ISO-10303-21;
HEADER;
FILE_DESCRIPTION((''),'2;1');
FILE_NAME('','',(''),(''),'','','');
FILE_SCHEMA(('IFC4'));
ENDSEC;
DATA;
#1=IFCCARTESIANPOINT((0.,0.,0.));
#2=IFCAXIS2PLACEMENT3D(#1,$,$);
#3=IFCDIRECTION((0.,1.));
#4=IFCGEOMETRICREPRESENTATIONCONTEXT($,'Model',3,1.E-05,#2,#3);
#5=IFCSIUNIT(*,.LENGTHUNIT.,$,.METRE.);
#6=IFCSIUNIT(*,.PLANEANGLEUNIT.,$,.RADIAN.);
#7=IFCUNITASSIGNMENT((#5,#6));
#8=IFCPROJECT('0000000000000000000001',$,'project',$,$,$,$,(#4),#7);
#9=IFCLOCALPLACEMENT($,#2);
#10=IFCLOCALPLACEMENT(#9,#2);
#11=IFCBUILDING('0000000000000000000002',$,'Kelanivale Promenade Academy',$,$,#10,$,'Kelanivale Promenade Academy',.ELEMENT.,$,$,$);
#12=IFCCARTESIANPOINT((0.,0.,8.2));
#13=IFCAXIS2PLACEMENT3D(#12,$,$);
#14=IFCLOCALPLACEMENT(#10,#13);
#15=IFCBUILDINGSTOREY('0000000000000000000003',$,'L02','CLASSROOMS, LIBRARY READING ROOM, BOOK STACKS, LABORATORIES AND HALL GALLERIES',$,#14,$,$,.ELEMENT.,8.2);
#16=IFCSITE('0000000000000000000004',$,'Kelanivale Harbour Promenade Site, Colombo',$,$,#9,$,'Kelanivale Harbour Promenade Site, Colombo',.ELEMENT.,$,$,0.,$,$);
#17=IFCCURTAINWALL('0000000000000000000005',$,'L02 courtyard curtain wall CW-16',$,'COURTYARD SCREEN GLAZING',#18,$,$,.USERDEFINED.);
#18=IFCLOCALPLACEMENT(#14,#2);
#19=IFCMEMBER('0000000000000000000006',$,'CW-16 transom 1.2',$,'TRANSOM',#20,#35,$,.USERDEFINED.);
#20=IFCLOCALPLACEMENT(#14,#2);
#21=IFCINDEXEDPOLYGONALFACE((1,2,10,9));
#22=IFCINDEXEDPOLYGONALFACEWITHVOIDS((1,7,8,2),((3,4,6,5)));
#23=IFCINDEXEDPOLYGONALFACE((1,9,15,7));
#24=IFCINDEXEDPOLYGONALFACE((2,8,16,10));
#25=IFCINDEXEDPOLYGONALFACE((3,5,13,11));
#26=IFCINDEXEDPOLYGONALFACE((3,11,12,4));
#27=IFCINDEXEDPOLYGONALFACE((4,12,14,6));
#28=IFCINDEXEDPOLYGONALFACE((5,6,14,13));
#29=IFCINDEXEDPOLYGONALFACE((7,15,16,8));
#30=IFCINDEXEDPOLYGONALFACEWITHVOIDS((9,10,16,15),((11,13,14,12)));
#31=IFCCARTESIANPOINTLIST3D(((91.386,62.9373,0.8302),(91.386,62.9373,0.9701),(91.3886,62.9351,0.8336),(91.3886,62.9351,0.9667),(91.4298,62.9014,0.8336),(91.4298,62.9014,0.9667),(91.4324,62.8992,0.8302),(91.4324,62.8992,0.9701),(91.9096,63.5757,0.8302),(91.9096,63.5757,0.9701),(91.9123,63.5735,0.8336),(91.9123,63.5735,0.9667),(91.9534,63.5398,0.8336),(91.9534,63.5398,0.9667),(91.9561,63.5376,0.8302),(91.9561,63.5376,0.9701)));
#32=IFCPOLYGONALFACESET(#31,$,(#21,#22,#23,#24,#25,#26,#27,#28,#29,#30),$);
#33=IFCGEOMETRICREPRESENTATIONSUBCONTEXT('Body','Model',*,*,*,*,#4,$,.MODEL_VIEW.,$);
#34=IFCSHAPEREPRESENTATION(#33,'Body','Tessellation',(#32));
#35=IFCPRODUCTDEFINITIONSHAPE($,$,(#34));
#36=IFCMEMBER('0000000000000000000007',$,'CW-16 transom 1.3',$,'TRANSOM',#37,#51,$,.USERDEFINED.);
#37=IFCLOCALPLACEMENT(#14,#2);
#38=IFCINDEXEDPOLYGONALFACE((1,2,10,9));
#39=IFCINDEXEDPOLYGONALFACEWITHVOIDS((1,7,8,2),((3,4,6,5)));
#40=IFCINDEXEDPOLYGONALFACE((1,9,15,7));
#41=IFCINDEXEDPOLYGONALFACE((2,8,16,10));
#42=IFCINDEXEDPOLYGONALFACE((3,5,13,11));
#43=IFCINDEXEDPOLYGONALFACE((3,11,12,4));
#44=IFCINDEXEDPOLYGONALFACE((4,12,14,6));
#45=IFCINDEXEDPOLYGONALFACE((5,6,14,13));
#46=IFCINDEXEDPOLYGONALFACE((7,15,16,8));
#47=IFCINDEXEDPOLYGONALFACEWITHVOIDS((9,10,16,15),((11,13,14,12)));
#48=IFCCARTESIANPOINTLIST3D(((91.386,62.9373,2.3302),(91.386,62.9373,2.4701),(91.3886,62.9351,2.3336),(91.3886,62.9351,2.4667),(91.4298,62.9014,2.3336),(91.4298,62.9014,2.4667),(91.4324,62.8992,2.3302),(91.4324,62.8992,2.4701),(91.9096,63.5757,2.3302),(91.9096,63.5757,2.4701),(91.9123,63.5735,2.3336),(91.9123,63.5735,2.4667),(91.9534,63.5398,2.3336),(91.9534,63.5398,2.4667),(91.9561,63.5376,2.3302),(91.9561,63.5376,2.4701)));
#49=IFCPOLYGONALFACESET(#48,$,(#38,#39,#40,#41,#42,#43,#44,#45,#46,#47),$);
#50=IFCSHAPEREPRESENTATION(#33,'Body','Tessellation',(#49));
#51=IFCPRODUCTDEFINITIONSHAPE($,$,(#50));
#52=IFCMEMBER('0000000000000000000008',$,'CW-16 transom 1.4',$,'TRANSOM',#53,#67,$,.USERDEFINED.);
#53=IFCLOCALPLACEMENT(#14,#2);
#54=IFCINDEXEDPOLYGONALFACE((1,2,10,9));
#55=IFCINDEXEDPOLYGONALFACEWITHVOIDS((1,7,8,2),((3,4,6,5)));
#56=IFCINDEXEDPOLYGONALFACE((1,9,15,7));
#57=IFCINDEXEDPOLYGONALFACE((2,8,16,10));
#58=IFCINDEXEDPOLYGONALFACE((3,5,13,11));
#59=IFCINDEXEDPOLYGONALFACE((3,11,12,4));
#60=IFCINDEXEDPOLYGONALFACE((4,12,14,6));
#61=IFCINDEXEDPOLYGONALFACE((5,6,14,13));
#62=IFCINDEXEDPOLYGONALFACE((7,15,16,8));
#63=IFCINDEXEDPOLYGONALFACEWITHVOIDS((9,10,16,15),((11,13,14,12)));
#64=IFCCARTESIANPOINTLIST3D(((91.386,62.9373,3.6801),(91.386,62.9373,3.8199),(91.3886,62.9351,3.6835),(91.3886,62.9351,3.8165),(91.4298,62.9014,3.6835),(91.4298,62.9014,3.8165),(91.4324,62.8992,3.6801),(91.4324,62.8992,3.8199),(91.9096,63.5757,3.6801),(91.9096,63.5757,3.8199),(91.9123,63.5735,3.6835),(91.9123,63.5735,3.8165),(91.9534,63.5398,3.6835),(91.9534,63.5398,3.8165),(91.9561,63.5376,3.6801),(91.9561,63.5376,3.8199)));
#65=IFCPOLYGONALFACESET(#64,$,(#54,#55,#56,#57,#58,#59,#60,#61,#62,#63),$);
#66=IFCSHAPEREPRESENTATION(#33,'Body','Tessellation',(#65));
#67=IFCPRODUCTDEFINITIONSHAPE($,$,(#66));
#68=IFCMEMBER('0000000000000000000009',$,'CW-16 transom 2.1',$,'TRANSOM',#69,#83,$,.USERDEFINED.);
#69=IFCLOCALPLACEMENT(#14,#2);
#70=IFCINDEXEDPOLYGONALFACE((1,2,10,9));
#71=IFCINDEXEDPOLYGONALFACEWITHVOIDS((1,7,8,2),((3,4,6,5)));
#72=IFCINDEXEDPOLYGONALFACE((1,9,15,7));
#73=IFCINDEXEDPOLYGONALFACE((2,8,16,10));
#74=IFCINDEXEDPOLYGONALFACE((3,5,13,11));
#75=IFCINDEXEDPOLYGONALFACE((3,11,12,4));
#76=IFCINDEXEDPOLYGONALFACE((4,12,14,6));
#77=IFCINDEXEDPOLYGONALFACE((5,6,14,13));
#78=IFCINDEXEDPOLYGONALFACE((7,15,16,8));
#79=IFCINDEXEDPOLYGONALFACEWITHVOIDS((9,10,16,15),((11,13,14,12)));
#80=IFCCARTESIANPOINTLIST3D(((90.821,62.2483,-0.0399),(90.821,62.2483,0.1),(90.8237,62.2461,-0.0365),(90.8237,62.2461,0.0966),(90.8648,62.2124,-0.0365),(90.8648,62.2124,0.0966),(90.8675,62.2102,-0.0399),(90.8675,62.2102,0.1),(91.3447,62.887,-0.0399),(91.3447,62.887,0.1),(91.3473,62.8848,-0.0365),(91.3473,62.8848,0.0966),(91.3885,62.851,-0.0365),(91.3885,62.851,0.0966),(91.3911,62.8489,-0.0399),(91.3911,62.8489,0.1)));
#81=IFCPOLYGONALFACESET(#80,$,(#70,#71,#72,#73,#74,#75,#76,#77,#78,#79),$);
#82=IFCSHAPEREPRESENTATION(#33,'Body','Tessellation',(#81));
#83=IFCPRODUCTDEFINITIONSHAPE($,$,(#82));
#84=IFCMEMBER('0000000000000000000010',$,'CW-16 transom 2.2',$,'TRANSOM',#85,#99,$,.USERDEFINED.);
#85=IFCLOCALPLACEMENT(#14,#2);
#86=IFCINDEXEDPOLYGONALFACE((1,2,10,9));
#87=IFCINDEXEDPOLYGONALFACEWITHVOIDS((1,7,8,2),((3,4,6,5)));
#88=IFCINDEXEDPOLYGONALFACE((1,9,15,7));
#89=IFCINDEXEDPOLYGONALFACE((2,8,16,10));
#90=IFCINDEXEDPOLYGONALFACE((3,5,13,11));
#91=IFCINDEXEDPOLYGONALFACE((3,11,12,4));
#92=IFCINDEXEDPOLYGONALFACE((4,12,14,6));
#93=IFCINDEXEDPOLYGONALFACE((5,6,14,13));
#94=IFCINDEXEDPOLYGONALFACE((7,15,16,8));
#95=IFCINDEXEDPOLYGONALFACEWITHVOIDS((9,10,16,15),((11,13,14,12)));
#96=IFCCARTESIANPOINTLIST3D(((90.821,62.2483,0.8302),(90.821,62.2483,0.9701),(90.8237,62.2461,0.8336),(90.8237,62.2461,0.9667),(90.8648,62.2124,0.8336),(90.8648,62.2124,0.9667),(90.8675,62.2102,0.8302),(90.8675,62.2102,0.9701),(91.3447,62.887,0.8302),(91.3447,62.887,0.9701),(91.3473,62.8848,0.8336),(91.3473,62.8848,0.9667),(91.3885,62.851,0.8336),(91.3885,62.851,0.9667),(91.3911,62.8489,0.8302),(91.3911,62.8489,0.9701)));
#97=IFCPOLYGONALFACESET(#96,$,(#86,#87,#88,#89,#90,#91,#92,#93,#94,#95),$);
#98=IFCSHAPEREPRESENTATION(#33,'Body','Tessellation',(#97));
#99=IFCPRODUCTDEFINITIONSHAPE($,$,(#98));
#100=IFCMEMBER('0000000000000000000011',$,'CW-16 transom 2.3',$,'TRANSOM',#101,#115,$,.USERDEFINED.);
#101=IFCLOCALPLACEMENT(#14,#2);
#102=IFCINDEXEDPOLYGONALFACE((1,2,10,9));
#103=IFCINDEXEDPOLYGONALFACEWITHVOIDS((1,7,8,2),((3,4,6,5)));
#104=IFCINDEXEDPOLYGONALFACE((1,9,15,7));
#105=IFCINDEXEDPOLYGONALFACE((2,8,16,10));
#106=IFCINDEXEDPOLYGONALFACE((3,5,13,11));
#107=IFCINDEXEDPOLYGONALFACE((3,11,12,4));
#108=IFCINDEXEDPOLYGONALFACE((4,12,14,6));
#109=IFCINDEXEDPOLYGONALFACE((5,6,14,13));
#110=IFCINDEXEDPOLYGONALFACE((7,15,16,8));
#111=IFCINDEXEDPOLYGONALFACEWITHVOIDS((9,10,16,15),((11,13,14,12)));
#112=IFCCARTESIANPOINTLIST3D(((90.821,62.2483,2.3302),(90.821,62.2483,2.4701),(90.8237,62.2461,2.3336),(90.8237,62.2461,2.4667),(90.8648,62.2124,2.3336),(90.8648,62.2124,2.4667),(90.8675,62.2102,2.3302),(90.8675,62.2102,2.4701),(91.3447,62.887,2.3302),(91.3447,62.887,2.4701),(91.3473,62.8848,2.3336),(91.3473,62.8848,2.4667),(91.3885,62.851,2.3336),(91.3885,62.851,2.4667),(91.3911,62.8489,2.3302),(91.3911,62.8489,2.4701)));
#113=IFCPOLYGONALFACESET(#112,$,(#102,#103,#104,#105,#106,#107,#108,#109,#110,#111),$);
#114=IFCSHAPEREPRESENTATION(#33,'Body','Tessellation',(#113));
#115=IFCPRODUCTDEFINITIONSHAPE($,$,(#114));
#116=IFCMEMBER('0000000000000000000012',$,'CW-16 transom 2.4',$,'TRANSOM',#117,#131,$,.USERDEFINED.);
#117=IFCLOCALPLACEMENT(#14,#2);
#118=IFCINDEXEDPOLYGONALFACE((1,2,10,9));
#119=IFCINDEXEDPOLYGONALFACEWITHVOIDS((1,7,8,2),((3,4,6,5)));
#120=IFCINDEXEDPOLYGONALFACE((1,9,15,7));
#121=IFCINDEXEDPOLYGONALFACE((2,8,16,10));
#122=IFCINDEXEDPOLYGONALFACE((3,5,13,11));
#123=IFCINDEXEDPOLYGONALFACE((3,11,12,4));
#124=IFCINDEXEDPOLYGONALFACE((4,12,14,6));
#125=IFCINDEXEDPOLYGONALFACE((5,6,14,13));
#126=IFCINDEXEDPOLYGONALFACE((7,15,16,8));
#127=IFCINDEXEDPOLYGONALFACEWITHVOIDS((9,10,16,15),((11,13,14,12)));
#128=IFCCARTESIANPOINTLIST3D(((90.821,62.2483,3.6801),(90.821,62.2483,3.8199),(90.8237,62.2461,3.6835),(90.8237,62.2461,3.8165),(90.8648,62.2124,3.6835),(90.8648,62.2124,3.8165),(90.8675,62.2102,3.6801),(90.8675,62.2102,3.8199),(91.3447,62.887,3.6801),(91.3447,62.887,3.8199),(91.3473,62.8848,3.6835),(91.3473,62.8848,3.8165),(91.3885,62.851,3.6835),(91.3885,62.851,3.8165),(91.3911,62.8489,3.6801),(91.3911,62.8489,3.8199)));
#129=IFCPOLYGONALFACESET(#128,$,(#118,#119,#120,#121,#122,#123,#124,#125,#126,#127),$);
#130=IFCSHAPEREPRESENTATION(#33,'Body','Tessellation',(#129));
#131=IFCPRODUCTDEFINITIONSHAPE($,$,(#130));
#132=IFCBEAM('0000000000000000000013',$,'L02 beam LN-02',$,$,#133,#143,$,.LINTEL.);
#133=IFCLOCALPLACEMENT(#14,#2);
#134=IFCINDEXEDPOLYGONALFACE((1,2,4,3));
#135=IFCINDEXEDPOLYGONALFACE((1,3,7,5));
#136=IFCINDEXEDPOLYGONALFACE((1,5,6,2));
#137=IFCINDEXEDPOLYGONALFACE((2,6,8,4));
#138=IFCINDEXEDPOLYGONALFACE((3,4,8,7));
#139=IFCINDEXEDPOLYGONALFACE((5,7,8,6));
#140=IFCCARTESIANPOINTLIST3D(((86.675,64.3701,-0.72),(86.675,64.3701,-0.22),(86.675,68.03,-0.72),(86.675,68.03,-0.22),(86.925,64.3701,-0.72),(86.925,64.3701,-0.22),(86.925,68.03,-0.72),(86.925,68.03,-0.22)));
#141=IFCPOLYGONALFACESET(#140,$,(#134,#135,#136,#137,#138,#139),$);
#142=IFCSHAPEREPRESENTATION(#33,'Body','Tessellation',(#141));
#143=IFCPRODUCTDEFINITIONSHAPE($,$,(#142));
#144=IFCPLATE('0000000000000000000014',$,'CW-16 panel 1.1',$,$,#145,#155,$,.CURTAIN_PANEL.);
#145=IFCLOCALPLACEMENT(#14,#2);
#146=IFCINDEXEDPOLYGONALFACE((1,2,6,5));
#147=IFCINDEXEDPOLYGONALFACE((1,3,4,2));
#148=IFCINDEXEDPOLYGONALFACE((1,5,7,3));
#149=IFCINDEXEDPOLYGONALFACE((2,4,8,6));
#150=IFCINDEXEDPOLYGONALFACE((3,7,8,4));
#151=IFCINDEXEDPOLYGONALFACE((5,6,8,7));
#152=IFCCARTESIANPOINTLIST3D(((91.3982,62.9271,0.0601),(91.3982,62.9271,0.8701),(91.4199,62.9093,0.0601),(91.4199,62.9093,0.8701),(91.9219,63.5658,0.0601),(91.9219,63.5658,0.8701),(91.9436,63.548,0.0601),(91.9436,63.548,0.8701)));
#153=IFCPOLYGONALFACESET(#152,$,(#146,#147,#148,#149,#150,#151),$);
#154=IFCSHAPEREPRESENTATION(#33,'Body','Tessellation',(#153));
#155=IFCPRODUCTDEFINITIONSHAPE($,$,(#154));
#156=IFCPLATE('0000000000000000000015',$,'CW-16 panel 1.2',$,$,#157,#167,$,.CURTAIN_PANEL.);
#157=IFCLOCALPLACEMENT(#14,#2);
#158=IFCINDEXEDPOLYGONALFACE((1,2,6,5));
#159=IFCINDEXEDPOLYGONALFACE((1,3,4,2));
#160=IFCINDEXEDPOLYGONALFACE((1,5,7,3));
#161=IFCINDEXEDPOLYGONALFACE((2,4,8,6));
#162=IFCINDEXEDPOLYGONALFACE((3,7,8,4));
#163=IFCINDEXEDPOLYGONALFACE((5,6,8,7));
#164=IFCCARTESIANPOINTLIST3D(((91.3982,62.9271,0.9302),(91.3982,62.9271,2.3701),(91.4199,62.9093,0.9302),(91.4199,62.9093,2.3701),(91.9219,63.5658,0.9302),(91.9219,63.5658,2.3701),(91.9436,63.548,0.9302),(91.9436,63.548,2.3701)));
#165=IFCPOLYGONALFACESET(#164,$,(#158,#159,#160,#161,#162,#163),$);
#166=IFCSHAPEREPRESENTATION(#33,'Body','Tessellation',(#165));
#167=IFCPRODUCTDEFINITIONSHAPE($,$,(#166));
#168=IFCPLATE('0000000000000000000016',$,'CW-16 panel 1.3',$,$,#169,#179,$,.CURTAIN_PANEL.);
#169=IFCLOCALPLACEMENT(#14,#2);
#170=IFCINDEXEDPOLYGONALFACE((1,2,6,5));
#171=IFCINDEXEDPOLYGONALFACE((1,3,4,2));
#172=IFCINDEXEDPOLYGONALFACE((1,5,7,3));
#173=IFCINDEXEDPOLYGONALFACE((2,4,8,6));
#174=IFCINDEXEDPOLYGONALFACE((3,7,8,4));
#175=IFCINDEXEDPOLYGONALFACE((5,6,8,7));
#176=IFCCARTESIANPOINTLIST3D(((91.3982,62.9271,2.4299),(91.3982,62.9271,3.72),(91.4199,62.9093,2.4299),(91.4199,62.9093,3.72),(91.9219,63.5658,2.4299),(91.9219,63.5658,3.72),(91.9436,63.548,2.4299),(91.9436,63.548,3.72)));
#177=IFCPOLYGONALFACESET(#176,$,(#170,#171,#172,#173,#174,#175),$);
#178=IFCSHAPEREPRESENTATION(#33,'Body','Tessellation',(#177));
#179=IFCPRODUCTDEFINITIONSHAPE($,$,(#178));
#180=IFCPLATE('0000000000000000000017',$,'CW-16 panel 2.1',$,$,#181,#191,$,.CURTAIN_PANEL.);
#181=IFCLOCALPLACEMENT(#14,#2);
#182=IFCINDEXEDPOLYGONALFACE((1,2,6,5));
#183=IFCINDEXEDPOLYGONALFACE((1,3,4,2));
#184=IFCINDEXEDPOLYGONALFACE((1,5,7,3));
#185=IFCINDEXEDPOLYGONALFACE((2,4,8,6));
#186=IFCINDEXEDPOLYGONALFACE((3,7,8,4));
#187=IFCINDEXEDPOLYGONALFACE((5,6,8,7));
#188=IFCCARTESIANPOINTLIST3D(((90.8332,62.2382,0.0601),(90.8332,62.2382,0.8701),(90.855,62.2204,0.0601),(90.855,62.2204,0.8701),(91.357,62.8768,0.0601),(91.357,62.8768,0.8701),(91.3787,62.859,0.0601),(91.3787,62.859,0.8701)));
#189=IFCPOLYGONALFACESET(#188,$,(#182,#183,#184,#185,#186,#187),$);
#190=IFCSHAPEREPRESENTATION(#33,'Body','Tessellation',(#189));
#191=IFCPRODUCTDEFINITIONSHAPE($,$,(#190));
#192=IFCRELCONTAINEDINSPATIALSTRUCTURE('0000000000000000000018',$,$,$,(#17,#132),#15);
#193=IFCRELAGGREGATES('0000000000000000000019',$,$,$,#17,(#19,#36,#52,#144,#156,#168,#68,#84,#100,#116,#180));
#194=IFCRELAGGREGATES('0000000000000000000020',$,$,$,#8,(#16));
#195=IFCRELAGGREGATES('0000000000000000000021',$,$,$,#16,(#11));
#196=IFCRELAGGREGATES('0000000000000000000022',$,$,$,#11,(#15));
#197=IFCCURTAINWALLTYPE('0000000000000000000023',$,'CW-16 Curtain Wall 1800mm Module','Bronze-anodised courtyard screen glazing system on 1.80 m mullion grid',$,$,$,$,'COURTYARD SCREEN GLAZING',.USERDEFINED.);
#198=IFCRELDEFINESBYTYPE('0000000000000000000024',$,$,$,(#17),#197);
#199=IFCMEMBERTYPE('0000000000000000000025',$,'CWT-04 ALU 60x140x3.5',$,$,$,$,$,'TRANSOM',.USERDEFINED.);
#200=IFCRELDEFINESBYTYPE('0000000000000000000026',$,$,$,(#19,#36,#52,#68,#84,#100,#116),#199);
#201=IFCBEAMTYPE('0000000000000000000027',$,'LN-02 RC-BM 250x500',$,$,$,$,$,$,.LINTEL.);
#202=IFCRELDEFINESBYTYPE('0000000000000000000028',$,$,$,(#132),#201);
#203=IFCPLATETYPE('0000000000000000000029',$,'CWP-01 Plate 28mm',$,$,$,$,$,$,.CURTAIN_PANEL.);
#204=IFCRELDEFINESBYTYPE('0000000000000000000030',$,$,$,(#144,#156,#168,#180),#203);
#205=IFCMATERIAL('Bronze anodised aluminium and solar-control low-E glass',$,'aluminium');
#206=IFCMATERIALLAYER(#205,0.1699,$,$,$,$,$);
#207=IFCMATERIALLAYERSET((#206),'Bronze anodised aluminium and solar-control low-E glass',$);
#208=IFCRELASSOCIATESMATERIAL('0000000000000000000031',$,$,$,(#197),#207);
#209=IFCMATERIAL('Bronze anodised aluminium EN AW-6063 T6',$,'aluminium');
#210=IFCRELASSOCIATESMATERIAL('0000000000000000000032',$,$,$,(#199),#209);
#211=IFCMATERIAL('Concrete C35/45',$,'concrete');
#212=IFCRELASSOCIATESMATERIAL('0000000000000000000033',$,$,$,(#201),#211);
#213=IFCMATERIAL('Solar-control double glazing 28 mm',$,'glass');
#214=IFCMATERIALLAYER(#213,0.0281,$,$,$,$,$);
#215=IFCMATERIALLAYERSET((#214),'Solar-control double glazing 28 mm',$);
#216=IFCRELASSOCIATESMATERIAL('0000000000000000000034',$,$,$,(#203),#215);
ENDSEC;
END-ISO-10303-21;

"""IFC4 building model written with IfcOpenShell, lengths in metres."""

from ifc_helpers import new_model, si_unit, direction, frame, origin, origin_2d, place, context, subcontext, project, spatial, rectangle, hollow_rectangle, extrude, material, layer, layer_set, material_profile, profile_set, type_object, element, aggregate, save


model = new_model("IFC4")

# Units and contexts
model_context = context("Model", 3, precision=1e-05, world=origin(), true_north=direction((0.0, 1.0)))
body_context = subcontext(model_context, "Body", "Model", "MODEL_VIEW")
ifc_project = project(units=[si_unit("LENGTHUNIT", "METRE"), si_unit("PLANEANGLEUNIT", "RADIAN")], contexts=[model_context])

# Site, building, storey
site_placement = place(None, origin())
site = spatial("IfcSite", under=ifc_project, at=site_placement, Name="Kelanivale Harbour Promenade Site, Colombo", LongName="Kelanivale Harbour Promenade Site, Colombo", CompositionType="ELEMENT", RefElevation=0.0)
building_placement = place(site_placement, origin())
building = spatial("IfcBuilding", under=site, at=building_placement, Name="Kelanivale Promenade Academy", LongName="Kelanivale Promenade Academy", CompositionType="ELEMENT")
storey_placement = place(building_placement, frame((0.0, 0.0, 8.2)))
storey = spatial("IfcBuildingStorey", under=building, at=storey_placement, Name="L02", Description="CLASSROOMS, LIBRARY READING ROOM, BOOK STACKS, LABORATORIES AND HALL GALLERIES", CompositionType="ELEMENT", Elevation=8.2)

# Shared definitions
ifc_material_1 = material(Name="Bronze anodised aluminium and solar-control low-E glass", Category="aluminium")
ifc_material_2 = material(Name="Bronze anodised aluminium EN AW-6063 T6", Category="aluminium")

# Curtain wall
ifc_layer_1 = layer(ifc_material_1, 0.1699)
ifc_layer_set_1 = layer_set([ifc_layer_1], Name="Bronze anodised aluminium and solar-control low-E glass")
curtain_wall_type_1 = type_object("IfcCurtainWallType", Name="CW-16 Curtain Wall 1800mm Module", Description="Bronze-anodised courtyard screen glazing system on 1.80 m mullion grid", ElementType="COURTYARD SCREEN GLAZING", PredefinedType="USERDEFINED", material=ifc_layer_set_1)
curtain_wall_1_placement = place(storey_placement, origin())
curtain_wall_1 = element("IfcCurtainWall", 1, at=curtain_wall_1_placement, inside=storey, type_object=curtain_wall_type_1, Name="L02 courtyard curtain wall CW-16", ObjectType="COURTYARD SCREEN GLAZING", PredefinedType="USERDEFINED")

# Members
ifc_material_profile_1 = material_profile(ifc_material_2, hollow_rectangle(XDim=0.0601, YDim=0.1399, WallThickness=0.0034, at=origin_2d()), Name="ALU 60x140x3.5")
ifc_profile_set_1 = profile_set([ifc_material_profile_1], Name="Bronze anodised aluminium EN AW-6063 T6")
member_type_1 = type_object("IfcMemberType", Name="CWT-04 ALU 60x140x3.5", ElementType="TRANSOM", PredefinedType="USERDEFINED", material=ifc_profile_set_1)
member_1_placement = place(storey_placement, frame((91.9329, 63.5566, 0.9001), z_axis=(-0.634203, -0.773166, 0.0), x_axis=(0.773166, -0.634203, 0.0)))
member_1 = element("IfcMember", 2, at=member_1_placement, type_object=member_type_1, Name="CW-16 transom 1.2", ObjectType="TRANSOM", PredefinedType="USERDEFINED", context=body_context, shape_type="SweptSolid", body=[
    extrude(hollow_rectangle(XDim=0.0601, YDim=0.1399, WallThickness=0.0034, at=origin_2d()), origin(), (0.0, 0.0, 1.0), 0.8257),
])
member_2_placement = place(storey_placement, frame((91.9329, 63.5566, 2.4001), z_axis=(-0.634203, -0.773166, 0.0), x_axis=(0.773166, -0.634203, 0.0)))
member_2 = element("IfcMember", 3, at=member_2_placement, type_object=member_type_1, Name="CW-16 transom 1.3", ObjectType="TRANSOM", PredefinedType="USERDEFINED", context=body_context, shape_type="SweptSolid", body=[
    extrude(hollow_rectangle(XDim=0.0601, YDim=0.1399, WallThickness=0.0034, at=origin_2d()), origin(), (0.0, 0.0, 1.0), 0.8257),
])
member_3_placement = place(storey_placement, frame((91.9329, 63.5566, 3.75), z_axis=(-0.634203, -0.773166, 0.0), x_axis=(0.773166, -0.634203, 0.0)))
member_3 = element("IfcMember", 4, at=member_3_placement, type_object=member_type_1, Name="CW-16 transom 1.4", ObjectType="TRANSOM", PredefinedType="USERDEFINED", context=body_context, shape_type="SweptSolid", body=[
    extrude(hollow_rectangle(XDim=0.0601, YDim=0.1399, WallThickness=0.0034, at=origin_2d()), origin(), (0.0, 0.0, 1.0), 0.8257),
])
member_4_placement = place(storey_placement, frame((91.3679, 62.8679, 0.03), z_axis=(-0.634058, -0.773285, 0.0), x_axis=(0.773285, -0.634058, 0.0)))
member_4 = element("IfcMember", 5, at=member_4_placement, type_object=member_type_1, Name="CW-16 transom 2.1", ObjectType="TRANSOM", PredefinedType="USERDEFINED", context=body_context, shape_type="SweptSolid", body=[
    extrude(hollow_rectangle(XDim=0.0601, YDim=0.1399, WallThickness=0.0034, at=origin_2d()), origin(), (0.0, 0.0, 1.0), 0.8259),
])
member_5_placement = place(storey_placement, frame((91.3679, 62.8679, 0.9001), z_axis=(-0.634058, -0.773285, 0.0), x_axis=(0.773285, -0.634058, 0.0)))
member_5 = element("IfcMember", 6, at=member_5_placement, type_object=member_type_1, Name="CW-16 transom 2.2", ObjectType="TRANSOM", PredefinedType="USERDEFINED", context=body_context, shape_type="SweptSolid", body=[
    extrude(hollow_rectangle(XDim=0.0601, YDim=0.1399, WallThickness=0.0034, at=origin_2d()), origin(), (0.0, 0.0, 1.0), 0.8259),
])
member_6_placement = place(storey_placement, frame((91.3679, 62.8679, 2.4001), z_axis=(-0.634058, -0.773285, 0.0), x_axis=(0.773285, -0.634058, 0.0)))
member_6 = element("IfcMember", 7, at=member_6_placement, type_object=member_type_1, Name="CW-16 transom 2.3", ObjectType="TRANSOM", PredefinedType="USERDEFINED", context=body_context, shape_type="SweptSolid", body=[
    extrude(hollow_rectangle(XDim=0.0601, YDim=0.1399, WallThickness=0.0034, at=origin_2d()), origin(), (0.0, 0.0, 1.0), 0.8259),
])
member_7_placement = place(storey_placement, frame((91.3679, 62.8679, 3.75), z_axis=(-0.634058, -0.773285, 0.0), x_axis=(0.773285, -0.634058, 0.0)))
member_7 = element("IfcMember", 8, at=member_7_placement, type_object=member_type_1, Name="CW-16 transom 2.4", ObjectType="TRANSOM", PredefinedType="USERDEFINED", context=body_context, shape_type="SweptSolid", body=[
    extrude(hollow_rectangle(XDim=0.0601, YDim=0.1399, WallThickness=0.0034, at=origin_2d()), origin(), (0.0, 0.0, 1.0), 0.8259),
])

# Beam
ifc_material_3 = material(Name="Concrete C35/45", Category="concrete")
ifc_material_profile_2 = material_profile(ifc_material_3, rectangle(XDim=0.25, YDim=0.5, at=origin_2d()), Name="RC-BM 250x500")
ifc_profile_set_2 = profile_set([ifc_material_profile_2], Name="Concrete C35/45")
beam_type = type_object("IfcBeamType", Name="LN-02 RC-BM 250x500", PredefinedType="LINTEL", material=ifc_profile_set_2)
beam_placement = place(storey_placement, frame((86.8, 64.3701, -0.47), z_axis=(0.0, 1.0, 0.0), x_axis=(-1.0, 0.0, 0.0)))
element("IfcBeam", 9, at=beam_placement, inside=storey, type_object=beam_type, Name="L02 beam LN-02", PredefinedType="LINTEL", context=body_context, shape_type="SweptSolid", body=[
    extrude(rectangle(XDim=0.25, YDim=0.5, at=origin_2d()), origin(), (0.0, 0.0, 1.0), 3.6599),
])

# Plates
ifc_material_4 = material(Name="Solar-control double glazing 28 mm", Category="glass")
ifc_layer_2 = layer(ifc_material_4, 0.0281)
ifc_layer_set_2 = layer_set([ifc_layer_2], Name="Solar-control double glazing 28 mm")
plate_type_1 = type_object("IfcPlateType", Name="CWP-01 Plate 28mm", PredefinedType="CURTAIN_PANEL", material=ifc_layer_set_2)
plate_1_placement = place(storey_placement, frame((91.6709, 63.2375, 0.0601), z_axis=(0.0, 0.0, 1.0), x_axis=(-0.634093, -0.773257, 0.0)))
plate_1 = element("IfcPlate", 10, at=plate_1_placement, type_object=plate_type_1, Name="CW-16 panel 1.1", PredefinedType="CURTAIN_PANEL", context=body_context, shape_type="SweptSolid", body=[
    extrude(rectangle(XDim=0.8259, YDim=0.0281, at=origin_2d()), origin(), (0.0, 0.0, 1.0), 0.8101),
])
plate_2_placement = place(storey_placement, frame((91.6709, 63.2375, 0.9302), z_axis=(0.0, 0.0, 1.0), x_axis=(-0.634093, -0.773257, 0.0)))
plate_2 = element("IfcPlate", 11, at=plate_2_placement, type_object=plate_type_1, Name="CW-16 panel 1.2", PredefinedType="CURTAIN_PANEL", context=body_context, shape_type="SweptSolid", body=[
    extrude(rectangle(XDim=0.8259, YDim=0.0281, at=origin_2d()), origin(), (0.0, 0.0, 1.0), 1.4399),
])
plate_3_placement = place(storey_placement, frame((91.6709, 63.2375, 2.4299), z_axis=(0.0, 0.0, 1.0), x_axis=(-0.634093, -0.773257, 0.0)))
plate_3 = element("IfcPlate", 12, at=plate_3_placement, type_object=plate_type_1, Name="CW-16 panel 1.3", PredefinedType="CURTAIN_PANEL", context=body_context, shape_type="SweptSolid", body=[
    extrude(rectangle(XDim=0.8259, YDim=0.0281, at=origin_2d()), origin(), (0.0, 0.0, 1.0), 1.29),
])
plate_4_placement = place(storey_placement, frame((91.106, 62.5486, 0.0601), z_axis=(0.0, 0.0, 1.0), x_axis=(-0.634093, -0.773257, 0.0)))
plate_4 = element("IfcPlate", 13, at=plate_4_placement, type_object=plate_type_1, Name="CW-16 panel 2.1", PredefinedType="CURTAIN_PANEL", context=body_context, shape_type="SweptSolid", body=[
    extrude(rectangle(XDim=0.8259, YDim=0.0281, at=origin_2d()), origin(), (0.0, 0.0, 1.0), 0.8101),
])
aggregate(curtain_wall_1, [member_1, member_2, member_3, plate_1, plate_2, plate_3, member_4, member_5, member_6, member_7, plate_4])

save(model, "model.ifc")
